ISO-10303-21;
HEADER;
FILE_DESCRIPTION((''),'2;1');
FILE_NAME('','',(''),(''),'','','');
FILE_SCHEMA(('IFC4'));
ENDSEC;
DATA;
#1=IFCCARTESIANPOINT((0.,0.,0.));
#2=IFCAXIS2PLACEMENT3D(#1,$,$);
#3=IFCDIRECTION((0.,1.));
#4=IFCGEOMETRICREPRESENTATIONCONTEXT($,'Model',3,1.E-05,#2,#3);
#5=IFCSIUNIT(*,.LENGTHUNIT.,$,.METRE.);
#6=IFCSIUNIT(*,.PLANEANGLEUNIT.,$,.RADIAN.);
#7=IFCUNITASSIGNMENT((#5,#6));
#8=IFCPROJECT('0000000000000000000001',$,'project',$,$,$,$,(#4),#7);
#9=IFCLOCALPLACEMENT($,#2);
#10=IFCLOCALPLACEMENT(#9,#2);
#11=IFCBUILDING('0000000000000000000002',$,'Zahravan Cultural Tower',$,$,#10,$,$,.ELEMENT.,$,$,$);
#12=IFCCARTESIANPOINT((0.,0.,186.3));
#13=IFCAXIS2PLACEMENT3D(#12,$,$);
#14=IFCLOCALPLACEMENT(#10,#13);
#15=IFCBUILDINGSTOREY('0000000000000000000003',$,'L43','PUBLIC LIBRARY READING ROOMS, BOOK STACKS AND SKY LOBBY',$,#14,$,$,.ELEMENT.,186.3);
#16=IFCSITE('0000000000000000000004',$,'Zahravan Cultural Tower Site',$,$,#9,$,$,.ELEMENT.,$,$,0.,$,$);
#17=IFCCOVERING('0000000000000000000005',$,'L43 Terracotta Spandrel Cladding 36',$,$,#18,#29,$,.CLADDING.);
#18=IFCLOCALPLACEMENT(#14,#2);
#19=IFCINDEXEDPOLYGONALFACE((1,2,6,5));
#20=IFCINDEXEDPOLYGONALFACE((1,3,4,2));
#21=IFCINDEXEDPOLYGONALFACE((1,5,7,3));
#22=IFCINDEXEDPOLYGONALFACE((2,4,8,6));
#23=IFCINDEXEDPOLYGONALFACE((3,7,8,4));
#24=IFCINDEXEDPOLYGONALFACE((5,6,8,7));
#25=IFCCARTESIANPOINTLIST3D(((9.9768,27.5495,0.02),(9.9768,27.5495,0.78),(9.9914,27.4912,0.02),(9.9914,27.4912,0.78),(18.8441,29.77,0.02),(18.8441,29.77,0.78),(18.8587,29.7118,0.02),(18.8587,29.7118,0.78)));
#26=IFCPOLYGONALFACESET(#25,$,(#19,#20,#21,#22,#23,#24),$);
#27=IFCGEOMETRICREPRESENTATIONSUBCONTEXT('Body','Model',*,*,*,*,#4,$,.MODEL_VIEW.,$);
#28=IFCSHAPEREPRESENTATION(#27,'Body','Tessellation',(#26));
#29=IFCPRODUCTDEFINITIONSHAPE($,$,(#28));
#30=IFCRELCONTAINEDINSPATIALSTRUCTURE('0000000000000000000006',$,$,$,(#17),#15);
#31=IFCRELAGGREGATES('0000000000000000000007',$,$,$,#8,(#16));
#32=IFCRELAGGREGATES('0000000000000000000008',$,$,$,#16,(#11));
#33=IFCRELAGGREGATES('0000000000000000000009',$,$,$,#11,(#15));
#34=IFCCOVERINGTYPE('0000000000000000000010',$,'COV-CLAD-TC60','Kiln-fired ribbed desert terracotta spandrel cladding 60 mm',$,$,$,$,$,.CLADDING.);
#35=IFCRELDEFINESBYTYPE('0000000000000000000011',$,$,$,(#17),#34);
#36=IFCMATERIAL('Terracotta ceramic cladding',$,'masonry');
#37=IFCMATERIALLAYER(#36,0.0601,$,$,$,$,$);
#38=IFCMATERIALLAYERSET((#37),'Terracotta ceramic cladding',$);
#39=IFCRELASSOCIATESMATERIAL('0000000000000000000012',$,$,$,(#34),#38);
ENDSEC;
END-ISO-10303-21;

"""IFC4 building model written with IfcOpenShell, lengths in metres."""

from ifc_helpers import new_model, si_unit, direction, frame, origin, origin_2d, place, context, subcontext, project, spatial, rectangle, extrude, source, transform, mapped, material, layer, layer_set, type_object, element, save


model = new_model("IFC4")

# Units and contexts
model_context = context("Model", 3, precision=1e-05, world=origin(), true_north=direction((0.0, 1.0)))
body_context = subcontext(model_context, "Body", "Model", "MODEL_VIEW")
ifc_project = project(units=[si_unit("LENGTHUNIT", "METRE"), si_unit("PLANEANGLEUNIT", "RADIAN")], contexts=[model_context])

# Site, building, storey
site_placement = place(None, origin())
site = spatial("IfcSite", under=ifc_project, at=site_placement, Name="Zahravan Cultural Tower Site", CompositionType="ELEMENT", RefElevation=0.0)
building_placement = place(site_placement, origin())
building = spatial("IfcBuilding", under=site, at=building_placement, Name="Zahravan Cultural Tower", CompositionType="ELEMENT")
storey_placement = place(building_placement, frame((0.0, 0.0, 186.3)))
storey = spatial("IfcBuildingStorey", under=building, at=storey_placement, Name="L43", Description="PUBLIC LIBRARY READING ROOMS, BOOK STACKS AND SKY LOBBY", CompositionType="ELEMENT", Elevation=186.3)

# Covering
ifc_material_1 = material(Name="Terracotta ceramic cladding", Category="masonry")
ifc_layer_1 = layer(ifc_material_1, 0.0601)
ifc_layer_set_1 = layer_set([ifc_layer_1], Name="Terracotta ceramic cladding")
covering_type = type_object("IfcCoveringType", Name="COV-CLAD-TC60", Description="Kiln-fired ribbed desert terracotta spandrel cladding 60 mm", PredefinedType="CLADDING", material=ifc_layer_set_1)
shared_shape_1 = source(origin(), body_context, "Body", "SweptSolid", [
    extrude(rectangle(XDim=9.1411, YDim=0.0601, at=origin_2d()), origin(), (0.0, 0.0, 1.0), 0.76),
])
covering_placement = place(storey_placement, frame((14.4177, 28.6306, 0.02), z_axis=(0.0, 0.0, 1.0), x_axis=(0.970046, 0.242921, 0.0)))
element("IfcCovering", 1, at=covering_placement, inside=storey, type_object=covering_type, Name="L43 Terracotta Spandrel Cladding 36", PredefinedType="CLADDING", context=body_context, shape_type="MappedRepresentation", body=[
    mapped(shared_shape_1, transform((0.0, 0.0, 0.0), x_axis=(1.0, 0.0, 0.0), y_axis=(0.0, 1.0, 0.0), z_axis=(0.0, 0.0, 1.0), scale=1.0)),
])

save(model, "model.ifc")
